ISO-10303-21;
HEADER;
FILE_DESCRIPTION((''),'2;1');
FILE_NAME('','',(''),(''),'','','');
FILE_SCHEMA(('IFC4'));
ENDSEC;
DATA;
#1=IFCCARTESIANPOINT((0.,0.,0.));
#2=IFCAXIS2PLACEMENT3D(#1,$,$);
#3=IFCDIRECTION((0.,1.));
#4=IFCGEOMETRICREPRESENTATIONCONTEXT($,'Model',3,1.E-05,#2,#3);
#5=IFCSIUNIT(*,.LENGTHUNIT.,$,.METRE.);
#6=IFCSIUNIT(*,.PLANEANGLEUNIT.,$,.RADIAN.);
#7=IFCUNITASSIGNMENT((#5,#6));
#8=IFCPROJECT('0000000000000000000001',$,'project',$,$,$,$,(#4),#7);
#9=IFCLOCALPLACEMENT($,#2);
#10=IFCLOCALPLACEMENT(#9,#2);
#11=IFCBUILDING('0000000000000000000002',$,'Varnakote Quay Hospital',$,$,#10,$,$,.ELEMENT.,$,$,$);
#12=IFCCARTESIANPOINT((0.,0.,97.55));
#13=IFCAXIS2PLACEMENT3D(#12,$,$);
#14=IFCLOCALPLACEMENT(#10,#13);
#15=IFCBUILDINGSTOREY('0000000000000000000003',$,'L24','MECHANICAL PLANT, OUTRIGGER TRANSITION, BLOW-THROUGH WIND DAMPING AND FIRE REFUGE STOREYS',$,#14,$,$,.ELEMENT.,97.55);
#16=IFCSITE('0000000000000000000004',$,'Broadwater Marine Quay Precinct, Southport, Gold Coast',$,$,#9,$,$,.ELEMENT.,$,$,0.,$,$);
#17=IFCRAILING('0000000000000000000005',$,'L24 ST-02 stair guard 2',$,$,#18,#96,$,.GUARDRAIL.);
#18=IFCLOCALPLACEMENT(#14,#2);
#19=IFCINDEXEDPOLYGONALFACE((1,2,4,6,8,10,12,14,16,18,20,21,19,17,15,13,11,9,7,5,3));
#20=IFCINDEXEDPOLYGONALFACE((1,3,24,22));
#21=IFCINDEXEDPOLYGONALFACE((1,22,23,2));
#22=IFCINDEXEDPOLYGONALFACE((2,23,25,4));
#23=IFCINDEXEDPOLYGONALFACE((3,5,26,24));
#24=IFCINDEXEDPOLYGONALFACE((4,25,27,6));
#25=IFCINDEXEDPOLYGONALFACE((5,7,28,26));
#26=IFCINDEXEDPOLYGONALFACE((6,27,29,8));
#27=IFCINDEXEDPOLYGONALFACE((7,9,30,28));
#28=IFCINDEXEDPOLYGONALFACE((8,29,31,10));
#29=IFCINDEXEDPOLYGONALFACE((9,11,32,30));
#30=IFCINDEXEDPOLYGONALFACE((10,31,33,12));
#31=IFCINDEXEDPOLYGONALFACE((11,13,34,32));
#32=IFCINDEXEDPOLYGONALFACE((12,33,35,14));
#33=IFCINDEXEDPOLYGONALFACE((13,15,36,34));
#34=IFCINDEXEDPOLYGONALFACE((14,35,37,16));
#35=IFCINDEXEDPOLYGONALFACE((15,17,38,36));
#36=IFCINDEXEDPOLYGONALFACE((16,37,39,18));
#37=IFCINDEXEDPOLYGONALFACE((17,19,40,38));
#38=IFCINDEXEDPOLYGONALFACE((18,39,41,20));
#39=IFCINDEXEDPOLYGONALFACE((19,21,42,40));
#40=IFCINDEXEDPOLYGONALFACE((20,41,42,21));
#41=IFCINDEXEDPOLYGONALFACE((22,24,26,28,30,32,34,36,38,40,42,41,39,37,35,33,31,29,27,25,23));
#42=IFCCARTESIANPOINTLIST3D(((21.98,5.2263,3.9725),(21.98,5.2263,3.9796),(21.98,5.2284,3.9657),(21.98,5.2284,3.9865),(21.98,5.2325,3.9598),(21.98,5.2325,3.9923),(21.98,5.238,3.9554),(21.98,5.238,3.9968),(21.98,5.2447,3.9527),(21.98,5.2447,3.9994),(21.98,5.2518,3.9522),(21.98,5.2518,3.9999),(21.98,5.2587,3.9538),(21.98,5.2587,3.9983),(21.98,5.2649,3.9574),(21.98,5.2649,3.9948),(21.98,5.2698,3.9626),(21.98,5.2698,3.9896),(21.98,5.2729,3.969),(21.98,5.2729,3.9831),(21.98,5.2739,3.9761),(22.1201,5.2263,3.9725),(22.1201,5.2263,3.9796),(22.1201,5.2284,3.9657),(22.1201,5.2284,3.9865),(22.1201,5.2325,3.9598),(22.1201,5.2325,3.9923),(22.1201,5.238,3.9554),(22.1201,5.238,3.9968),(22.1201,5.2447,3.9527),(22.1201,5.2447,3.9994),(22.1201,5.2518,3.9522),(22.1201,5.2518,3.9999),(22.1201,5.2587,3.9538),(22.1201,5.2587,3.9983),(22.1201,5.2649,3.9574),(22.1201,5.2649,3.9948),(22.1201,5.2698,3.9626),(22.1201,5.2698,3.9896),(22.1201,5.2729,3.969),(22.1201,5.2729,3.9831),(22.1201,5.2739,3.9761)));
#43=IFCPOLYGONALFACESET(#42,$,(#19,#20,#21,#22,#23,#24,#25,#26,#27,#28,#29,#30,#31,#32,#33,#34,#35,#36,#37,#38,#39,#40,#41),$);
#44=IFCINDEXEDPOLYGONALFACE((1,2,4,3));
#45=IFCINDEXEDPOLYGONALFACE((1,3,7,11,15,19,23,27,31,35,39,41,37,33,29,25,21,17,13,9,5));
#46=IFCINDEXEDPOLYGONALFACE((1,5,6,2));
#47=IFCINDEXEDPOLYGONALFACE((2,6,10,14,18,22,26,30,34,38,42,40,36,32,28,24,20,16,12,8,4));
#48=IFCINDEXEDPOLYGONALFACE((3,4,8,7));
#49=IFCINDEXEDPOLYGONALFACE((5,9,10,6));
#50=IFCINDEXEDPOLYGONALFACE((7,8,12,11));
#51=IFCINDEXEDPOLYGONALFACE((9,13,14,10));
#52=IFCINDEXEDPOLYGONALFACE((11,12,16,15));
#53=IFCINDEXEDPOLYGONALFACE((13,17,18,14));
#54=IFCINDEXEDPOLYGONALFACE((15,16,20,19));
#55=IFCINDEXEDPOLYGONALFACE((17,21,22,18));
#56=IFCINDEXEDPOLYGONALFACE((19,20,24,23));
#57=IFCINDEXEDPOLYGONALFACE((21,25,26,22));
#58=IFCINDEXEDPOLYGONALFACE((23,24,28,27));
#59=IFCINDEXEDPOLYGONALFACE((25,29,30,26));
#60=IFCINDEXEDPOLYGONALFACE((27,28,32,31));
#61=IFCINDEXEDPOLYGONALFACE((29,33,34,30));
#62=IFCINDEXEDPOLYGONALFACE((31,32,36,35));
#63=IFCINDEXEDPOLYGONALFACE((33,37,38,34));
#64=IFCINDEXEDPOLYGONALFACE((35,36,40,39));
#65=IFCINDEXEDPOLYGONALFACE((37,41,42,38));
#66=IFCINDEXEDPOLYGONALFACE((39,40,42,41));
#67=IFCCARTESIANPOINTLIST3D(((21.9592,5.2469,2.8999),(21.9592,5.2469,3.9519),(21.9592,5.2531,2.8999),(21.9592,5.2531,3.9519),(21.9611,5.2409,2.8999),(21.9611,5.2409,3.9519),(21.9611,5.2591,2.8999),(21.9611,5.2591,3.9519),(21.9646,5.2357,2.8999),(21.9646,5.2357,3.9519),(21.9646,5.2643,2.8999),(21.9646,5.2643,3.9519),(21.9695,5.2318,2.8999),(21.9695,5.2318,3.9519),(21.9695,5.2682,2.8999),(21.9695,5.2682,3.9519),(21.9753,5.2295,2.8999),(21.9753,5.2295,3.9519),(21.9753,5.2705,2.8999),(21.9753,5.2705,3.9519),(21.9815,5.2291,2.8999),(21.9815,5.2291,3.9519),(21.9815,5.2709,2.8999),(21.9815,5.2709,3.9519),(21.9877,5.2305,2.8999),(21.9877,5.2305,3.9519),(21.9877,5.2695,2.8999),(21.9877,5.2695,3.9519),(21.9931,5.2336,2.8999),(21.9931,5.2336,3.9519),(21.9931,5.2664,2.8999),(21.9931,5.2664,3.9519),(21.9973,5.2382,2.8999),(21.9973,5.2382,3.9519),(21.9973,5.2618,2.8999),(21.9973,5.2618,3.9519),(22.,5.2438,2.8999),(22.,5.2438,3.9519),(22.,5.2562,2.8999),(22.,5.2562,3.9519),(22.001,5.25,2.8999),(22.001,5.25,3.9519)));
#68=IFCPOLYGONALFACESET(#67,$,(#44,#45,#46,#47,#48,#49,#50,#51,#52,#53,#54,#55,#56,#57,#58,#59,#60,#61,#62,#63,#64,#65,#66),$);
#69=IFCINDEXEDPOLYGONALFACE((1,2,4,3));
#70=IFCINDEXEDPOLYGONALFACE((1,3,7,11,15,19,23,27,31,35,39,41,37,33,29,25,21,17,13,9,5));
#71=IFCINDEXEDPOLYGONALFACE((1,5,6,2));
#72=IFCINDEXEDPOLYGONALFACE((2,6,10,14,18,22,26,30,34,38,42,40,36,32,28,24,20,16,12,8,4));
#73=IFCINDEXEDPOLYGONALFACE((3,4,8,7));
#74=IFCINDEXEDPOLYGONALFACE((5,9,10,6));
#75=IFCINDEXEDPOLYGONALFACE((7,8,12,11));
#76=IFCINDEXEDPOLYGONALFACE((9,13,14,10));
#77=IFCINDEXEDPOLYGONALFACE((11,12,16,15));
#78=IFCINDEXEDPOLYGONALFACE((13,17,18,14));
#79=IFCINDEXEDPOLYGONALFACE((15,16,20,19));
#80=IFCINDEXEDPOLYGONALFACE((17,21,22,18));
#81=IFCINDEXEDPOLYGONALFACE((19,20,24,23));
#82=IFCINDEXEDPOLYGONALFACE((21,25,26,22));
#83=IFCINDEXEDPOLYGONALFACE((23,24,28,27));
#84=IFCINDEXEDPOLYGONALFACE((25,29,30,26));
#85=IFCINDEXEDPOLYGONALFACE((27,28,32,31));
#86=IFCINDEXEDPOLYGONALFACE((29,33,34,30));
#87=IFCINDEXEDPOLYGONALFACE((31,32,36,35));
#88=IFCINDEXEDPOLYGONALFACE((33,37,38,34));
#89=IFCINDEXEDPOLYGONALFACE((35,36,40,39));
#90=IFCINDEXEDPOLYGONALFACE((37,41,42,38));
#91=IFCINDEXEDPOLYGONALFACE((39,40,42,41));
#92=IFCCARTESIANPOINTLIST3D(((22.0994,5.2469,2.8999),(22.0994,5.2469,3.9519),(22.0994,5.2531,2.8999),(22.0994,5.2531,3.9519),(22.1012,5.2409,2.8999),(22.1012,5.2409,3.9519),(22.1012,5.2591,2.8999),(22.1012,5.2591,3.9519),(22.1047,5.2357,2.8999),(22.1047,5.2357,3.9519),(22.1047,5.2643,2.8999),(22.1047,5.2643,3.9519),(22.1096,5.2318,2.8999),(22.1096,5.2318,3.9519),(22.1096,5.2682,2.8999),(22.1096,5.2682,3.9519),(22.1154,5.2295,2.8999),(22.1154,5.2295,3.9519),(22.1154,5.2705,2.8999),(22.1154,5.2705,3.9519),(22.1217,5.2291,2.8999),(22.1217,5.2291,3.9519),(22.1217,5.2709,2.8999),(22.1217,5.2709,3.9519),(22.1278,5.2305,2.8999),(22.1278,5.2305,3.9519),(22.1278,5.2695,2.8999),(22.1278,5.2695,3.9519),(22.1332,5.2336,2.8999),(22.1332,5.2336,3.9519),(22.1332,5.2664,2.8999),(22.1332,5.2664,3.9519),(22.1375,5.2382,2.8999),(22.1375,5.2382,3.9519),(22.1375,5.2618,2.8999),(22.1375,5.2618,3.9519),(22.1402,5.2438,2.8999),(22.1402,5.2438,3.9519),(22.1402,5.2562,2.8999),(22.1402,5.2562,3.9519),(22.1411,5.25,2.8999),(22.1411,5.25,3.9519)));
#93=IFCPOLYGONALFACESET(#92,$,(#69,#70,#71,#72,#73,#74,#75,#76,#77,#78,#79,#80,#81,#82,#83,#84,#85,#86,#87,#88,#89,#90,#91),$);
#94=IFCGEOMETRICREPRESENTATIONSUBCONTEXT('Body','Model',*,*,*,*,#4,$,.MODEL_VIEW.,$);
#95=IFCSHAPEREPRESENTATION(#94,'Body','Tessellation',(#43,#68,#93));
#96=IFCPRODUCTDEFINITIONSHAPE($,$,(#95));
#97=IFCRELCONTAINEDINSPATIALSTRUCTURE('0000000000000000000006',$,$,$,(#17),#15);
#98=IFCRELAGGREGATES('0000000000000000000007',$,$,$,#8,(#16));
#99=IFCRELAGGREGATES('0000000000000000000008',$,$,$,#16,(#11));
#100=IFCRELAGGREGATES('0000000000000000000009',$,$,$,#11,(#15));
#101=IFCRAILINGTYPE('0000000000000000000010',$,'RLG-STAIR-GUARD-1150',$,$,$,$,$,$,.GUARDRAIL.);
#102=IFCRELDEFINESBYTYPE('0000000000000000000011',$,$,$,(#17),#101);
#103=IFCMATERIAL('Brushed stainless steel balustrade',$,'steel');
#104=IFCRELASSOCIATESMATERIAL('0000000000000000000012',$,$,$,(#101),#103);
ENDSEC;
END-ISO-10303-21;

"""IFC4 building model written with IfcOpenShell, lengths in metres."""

from ifc_helpers import new_model, si_unit, direction, frame, origin, origin_2d, place, context, subcontext, project, spatial, circle, extrude, material, type_object, element, save


model = new_model("IFC4")

# Units and contexts
model_context = context("Model", 3, precision=1e-05, world=origin(), true_north=direction((0.0, 1.0)))
body_context = subcontext(model_context, "Body", "Model", "MODEL_VIEW")
ifc_project = project(units=[si_unit("LENGTHUNIT", "METRE"), si_unit("PLANEANGLEUNIT", "RADIAN")], contexts=[model_context])

# Site, building, storey
site_placement = place(None, origin())
site = spatial("IfcSite", under=ifc_project, at=site_placement, Name="Broadwater Marine Quay Precinct, Southport, Gold Coast", CompositionType="ELEMENT", RefElevation=0.0)
building_placement = place(site_placement, origin())
building = spatial("IfcBuilding", under=site, at=building_placement, Name="Varnakote Quay Hospital", CompositionType="ELEMENT")
storey_placement = place(building_placement, frame((0.0, 0.0, 97.55)))
storey = spatial("IfcBuildingStorey", under=building, at=storey_placement, Name="L24", Description="MECHANICAL PLANT, OUTRIGGER TRANSITION, BLOW-THROUGH WIND DAMPING AND FIRE REFUGE STOREYS", CompositionType="ELEMENT", Elevation=97.55)

# Railing
ifc_material_1 = material(Name="Brushed stainless steel balustrade", Category="steel")
railing_type_1 = type_object("IfcRailingType", Name="RLG-STAIR-GUARD-1150", PredefinedType="GUARDRAIL", material=ifc_material_1)
railing_1_placement = place(storey_placement, frame((21.98, 5.25, 2.8999)))
element("IfcRailing", 1, at=railing_1_placement, inside=storey, type_object=railing_type_1, Name="L24 ST-02 stair guard 2", PredefinedType="GUARDRAIL", context=body_context, shape_type="SweptSolid", body=[
    extrude(circle(Radius=0.0239, at=origin_2d()), frame((0.0, 0.0, 1.0762), z_axis=(1.0, 0.0, 0.0), x_axis=(0.0, 1.0, 0.0)), (0.0, 0.0, 1.0), 0.1401),
    extrude(circle(Radius=0.021, at=origin_2d()), origin(), (0.0, 0.0, 1.0), 1.052),
    extrude(circle(Radius=0.021, at=origin_2d()), frame((0.1401, 0.0, 0.0)), (0.0, 0.0, 1.0), 1.052),
])

save(model, "model.ifc")
